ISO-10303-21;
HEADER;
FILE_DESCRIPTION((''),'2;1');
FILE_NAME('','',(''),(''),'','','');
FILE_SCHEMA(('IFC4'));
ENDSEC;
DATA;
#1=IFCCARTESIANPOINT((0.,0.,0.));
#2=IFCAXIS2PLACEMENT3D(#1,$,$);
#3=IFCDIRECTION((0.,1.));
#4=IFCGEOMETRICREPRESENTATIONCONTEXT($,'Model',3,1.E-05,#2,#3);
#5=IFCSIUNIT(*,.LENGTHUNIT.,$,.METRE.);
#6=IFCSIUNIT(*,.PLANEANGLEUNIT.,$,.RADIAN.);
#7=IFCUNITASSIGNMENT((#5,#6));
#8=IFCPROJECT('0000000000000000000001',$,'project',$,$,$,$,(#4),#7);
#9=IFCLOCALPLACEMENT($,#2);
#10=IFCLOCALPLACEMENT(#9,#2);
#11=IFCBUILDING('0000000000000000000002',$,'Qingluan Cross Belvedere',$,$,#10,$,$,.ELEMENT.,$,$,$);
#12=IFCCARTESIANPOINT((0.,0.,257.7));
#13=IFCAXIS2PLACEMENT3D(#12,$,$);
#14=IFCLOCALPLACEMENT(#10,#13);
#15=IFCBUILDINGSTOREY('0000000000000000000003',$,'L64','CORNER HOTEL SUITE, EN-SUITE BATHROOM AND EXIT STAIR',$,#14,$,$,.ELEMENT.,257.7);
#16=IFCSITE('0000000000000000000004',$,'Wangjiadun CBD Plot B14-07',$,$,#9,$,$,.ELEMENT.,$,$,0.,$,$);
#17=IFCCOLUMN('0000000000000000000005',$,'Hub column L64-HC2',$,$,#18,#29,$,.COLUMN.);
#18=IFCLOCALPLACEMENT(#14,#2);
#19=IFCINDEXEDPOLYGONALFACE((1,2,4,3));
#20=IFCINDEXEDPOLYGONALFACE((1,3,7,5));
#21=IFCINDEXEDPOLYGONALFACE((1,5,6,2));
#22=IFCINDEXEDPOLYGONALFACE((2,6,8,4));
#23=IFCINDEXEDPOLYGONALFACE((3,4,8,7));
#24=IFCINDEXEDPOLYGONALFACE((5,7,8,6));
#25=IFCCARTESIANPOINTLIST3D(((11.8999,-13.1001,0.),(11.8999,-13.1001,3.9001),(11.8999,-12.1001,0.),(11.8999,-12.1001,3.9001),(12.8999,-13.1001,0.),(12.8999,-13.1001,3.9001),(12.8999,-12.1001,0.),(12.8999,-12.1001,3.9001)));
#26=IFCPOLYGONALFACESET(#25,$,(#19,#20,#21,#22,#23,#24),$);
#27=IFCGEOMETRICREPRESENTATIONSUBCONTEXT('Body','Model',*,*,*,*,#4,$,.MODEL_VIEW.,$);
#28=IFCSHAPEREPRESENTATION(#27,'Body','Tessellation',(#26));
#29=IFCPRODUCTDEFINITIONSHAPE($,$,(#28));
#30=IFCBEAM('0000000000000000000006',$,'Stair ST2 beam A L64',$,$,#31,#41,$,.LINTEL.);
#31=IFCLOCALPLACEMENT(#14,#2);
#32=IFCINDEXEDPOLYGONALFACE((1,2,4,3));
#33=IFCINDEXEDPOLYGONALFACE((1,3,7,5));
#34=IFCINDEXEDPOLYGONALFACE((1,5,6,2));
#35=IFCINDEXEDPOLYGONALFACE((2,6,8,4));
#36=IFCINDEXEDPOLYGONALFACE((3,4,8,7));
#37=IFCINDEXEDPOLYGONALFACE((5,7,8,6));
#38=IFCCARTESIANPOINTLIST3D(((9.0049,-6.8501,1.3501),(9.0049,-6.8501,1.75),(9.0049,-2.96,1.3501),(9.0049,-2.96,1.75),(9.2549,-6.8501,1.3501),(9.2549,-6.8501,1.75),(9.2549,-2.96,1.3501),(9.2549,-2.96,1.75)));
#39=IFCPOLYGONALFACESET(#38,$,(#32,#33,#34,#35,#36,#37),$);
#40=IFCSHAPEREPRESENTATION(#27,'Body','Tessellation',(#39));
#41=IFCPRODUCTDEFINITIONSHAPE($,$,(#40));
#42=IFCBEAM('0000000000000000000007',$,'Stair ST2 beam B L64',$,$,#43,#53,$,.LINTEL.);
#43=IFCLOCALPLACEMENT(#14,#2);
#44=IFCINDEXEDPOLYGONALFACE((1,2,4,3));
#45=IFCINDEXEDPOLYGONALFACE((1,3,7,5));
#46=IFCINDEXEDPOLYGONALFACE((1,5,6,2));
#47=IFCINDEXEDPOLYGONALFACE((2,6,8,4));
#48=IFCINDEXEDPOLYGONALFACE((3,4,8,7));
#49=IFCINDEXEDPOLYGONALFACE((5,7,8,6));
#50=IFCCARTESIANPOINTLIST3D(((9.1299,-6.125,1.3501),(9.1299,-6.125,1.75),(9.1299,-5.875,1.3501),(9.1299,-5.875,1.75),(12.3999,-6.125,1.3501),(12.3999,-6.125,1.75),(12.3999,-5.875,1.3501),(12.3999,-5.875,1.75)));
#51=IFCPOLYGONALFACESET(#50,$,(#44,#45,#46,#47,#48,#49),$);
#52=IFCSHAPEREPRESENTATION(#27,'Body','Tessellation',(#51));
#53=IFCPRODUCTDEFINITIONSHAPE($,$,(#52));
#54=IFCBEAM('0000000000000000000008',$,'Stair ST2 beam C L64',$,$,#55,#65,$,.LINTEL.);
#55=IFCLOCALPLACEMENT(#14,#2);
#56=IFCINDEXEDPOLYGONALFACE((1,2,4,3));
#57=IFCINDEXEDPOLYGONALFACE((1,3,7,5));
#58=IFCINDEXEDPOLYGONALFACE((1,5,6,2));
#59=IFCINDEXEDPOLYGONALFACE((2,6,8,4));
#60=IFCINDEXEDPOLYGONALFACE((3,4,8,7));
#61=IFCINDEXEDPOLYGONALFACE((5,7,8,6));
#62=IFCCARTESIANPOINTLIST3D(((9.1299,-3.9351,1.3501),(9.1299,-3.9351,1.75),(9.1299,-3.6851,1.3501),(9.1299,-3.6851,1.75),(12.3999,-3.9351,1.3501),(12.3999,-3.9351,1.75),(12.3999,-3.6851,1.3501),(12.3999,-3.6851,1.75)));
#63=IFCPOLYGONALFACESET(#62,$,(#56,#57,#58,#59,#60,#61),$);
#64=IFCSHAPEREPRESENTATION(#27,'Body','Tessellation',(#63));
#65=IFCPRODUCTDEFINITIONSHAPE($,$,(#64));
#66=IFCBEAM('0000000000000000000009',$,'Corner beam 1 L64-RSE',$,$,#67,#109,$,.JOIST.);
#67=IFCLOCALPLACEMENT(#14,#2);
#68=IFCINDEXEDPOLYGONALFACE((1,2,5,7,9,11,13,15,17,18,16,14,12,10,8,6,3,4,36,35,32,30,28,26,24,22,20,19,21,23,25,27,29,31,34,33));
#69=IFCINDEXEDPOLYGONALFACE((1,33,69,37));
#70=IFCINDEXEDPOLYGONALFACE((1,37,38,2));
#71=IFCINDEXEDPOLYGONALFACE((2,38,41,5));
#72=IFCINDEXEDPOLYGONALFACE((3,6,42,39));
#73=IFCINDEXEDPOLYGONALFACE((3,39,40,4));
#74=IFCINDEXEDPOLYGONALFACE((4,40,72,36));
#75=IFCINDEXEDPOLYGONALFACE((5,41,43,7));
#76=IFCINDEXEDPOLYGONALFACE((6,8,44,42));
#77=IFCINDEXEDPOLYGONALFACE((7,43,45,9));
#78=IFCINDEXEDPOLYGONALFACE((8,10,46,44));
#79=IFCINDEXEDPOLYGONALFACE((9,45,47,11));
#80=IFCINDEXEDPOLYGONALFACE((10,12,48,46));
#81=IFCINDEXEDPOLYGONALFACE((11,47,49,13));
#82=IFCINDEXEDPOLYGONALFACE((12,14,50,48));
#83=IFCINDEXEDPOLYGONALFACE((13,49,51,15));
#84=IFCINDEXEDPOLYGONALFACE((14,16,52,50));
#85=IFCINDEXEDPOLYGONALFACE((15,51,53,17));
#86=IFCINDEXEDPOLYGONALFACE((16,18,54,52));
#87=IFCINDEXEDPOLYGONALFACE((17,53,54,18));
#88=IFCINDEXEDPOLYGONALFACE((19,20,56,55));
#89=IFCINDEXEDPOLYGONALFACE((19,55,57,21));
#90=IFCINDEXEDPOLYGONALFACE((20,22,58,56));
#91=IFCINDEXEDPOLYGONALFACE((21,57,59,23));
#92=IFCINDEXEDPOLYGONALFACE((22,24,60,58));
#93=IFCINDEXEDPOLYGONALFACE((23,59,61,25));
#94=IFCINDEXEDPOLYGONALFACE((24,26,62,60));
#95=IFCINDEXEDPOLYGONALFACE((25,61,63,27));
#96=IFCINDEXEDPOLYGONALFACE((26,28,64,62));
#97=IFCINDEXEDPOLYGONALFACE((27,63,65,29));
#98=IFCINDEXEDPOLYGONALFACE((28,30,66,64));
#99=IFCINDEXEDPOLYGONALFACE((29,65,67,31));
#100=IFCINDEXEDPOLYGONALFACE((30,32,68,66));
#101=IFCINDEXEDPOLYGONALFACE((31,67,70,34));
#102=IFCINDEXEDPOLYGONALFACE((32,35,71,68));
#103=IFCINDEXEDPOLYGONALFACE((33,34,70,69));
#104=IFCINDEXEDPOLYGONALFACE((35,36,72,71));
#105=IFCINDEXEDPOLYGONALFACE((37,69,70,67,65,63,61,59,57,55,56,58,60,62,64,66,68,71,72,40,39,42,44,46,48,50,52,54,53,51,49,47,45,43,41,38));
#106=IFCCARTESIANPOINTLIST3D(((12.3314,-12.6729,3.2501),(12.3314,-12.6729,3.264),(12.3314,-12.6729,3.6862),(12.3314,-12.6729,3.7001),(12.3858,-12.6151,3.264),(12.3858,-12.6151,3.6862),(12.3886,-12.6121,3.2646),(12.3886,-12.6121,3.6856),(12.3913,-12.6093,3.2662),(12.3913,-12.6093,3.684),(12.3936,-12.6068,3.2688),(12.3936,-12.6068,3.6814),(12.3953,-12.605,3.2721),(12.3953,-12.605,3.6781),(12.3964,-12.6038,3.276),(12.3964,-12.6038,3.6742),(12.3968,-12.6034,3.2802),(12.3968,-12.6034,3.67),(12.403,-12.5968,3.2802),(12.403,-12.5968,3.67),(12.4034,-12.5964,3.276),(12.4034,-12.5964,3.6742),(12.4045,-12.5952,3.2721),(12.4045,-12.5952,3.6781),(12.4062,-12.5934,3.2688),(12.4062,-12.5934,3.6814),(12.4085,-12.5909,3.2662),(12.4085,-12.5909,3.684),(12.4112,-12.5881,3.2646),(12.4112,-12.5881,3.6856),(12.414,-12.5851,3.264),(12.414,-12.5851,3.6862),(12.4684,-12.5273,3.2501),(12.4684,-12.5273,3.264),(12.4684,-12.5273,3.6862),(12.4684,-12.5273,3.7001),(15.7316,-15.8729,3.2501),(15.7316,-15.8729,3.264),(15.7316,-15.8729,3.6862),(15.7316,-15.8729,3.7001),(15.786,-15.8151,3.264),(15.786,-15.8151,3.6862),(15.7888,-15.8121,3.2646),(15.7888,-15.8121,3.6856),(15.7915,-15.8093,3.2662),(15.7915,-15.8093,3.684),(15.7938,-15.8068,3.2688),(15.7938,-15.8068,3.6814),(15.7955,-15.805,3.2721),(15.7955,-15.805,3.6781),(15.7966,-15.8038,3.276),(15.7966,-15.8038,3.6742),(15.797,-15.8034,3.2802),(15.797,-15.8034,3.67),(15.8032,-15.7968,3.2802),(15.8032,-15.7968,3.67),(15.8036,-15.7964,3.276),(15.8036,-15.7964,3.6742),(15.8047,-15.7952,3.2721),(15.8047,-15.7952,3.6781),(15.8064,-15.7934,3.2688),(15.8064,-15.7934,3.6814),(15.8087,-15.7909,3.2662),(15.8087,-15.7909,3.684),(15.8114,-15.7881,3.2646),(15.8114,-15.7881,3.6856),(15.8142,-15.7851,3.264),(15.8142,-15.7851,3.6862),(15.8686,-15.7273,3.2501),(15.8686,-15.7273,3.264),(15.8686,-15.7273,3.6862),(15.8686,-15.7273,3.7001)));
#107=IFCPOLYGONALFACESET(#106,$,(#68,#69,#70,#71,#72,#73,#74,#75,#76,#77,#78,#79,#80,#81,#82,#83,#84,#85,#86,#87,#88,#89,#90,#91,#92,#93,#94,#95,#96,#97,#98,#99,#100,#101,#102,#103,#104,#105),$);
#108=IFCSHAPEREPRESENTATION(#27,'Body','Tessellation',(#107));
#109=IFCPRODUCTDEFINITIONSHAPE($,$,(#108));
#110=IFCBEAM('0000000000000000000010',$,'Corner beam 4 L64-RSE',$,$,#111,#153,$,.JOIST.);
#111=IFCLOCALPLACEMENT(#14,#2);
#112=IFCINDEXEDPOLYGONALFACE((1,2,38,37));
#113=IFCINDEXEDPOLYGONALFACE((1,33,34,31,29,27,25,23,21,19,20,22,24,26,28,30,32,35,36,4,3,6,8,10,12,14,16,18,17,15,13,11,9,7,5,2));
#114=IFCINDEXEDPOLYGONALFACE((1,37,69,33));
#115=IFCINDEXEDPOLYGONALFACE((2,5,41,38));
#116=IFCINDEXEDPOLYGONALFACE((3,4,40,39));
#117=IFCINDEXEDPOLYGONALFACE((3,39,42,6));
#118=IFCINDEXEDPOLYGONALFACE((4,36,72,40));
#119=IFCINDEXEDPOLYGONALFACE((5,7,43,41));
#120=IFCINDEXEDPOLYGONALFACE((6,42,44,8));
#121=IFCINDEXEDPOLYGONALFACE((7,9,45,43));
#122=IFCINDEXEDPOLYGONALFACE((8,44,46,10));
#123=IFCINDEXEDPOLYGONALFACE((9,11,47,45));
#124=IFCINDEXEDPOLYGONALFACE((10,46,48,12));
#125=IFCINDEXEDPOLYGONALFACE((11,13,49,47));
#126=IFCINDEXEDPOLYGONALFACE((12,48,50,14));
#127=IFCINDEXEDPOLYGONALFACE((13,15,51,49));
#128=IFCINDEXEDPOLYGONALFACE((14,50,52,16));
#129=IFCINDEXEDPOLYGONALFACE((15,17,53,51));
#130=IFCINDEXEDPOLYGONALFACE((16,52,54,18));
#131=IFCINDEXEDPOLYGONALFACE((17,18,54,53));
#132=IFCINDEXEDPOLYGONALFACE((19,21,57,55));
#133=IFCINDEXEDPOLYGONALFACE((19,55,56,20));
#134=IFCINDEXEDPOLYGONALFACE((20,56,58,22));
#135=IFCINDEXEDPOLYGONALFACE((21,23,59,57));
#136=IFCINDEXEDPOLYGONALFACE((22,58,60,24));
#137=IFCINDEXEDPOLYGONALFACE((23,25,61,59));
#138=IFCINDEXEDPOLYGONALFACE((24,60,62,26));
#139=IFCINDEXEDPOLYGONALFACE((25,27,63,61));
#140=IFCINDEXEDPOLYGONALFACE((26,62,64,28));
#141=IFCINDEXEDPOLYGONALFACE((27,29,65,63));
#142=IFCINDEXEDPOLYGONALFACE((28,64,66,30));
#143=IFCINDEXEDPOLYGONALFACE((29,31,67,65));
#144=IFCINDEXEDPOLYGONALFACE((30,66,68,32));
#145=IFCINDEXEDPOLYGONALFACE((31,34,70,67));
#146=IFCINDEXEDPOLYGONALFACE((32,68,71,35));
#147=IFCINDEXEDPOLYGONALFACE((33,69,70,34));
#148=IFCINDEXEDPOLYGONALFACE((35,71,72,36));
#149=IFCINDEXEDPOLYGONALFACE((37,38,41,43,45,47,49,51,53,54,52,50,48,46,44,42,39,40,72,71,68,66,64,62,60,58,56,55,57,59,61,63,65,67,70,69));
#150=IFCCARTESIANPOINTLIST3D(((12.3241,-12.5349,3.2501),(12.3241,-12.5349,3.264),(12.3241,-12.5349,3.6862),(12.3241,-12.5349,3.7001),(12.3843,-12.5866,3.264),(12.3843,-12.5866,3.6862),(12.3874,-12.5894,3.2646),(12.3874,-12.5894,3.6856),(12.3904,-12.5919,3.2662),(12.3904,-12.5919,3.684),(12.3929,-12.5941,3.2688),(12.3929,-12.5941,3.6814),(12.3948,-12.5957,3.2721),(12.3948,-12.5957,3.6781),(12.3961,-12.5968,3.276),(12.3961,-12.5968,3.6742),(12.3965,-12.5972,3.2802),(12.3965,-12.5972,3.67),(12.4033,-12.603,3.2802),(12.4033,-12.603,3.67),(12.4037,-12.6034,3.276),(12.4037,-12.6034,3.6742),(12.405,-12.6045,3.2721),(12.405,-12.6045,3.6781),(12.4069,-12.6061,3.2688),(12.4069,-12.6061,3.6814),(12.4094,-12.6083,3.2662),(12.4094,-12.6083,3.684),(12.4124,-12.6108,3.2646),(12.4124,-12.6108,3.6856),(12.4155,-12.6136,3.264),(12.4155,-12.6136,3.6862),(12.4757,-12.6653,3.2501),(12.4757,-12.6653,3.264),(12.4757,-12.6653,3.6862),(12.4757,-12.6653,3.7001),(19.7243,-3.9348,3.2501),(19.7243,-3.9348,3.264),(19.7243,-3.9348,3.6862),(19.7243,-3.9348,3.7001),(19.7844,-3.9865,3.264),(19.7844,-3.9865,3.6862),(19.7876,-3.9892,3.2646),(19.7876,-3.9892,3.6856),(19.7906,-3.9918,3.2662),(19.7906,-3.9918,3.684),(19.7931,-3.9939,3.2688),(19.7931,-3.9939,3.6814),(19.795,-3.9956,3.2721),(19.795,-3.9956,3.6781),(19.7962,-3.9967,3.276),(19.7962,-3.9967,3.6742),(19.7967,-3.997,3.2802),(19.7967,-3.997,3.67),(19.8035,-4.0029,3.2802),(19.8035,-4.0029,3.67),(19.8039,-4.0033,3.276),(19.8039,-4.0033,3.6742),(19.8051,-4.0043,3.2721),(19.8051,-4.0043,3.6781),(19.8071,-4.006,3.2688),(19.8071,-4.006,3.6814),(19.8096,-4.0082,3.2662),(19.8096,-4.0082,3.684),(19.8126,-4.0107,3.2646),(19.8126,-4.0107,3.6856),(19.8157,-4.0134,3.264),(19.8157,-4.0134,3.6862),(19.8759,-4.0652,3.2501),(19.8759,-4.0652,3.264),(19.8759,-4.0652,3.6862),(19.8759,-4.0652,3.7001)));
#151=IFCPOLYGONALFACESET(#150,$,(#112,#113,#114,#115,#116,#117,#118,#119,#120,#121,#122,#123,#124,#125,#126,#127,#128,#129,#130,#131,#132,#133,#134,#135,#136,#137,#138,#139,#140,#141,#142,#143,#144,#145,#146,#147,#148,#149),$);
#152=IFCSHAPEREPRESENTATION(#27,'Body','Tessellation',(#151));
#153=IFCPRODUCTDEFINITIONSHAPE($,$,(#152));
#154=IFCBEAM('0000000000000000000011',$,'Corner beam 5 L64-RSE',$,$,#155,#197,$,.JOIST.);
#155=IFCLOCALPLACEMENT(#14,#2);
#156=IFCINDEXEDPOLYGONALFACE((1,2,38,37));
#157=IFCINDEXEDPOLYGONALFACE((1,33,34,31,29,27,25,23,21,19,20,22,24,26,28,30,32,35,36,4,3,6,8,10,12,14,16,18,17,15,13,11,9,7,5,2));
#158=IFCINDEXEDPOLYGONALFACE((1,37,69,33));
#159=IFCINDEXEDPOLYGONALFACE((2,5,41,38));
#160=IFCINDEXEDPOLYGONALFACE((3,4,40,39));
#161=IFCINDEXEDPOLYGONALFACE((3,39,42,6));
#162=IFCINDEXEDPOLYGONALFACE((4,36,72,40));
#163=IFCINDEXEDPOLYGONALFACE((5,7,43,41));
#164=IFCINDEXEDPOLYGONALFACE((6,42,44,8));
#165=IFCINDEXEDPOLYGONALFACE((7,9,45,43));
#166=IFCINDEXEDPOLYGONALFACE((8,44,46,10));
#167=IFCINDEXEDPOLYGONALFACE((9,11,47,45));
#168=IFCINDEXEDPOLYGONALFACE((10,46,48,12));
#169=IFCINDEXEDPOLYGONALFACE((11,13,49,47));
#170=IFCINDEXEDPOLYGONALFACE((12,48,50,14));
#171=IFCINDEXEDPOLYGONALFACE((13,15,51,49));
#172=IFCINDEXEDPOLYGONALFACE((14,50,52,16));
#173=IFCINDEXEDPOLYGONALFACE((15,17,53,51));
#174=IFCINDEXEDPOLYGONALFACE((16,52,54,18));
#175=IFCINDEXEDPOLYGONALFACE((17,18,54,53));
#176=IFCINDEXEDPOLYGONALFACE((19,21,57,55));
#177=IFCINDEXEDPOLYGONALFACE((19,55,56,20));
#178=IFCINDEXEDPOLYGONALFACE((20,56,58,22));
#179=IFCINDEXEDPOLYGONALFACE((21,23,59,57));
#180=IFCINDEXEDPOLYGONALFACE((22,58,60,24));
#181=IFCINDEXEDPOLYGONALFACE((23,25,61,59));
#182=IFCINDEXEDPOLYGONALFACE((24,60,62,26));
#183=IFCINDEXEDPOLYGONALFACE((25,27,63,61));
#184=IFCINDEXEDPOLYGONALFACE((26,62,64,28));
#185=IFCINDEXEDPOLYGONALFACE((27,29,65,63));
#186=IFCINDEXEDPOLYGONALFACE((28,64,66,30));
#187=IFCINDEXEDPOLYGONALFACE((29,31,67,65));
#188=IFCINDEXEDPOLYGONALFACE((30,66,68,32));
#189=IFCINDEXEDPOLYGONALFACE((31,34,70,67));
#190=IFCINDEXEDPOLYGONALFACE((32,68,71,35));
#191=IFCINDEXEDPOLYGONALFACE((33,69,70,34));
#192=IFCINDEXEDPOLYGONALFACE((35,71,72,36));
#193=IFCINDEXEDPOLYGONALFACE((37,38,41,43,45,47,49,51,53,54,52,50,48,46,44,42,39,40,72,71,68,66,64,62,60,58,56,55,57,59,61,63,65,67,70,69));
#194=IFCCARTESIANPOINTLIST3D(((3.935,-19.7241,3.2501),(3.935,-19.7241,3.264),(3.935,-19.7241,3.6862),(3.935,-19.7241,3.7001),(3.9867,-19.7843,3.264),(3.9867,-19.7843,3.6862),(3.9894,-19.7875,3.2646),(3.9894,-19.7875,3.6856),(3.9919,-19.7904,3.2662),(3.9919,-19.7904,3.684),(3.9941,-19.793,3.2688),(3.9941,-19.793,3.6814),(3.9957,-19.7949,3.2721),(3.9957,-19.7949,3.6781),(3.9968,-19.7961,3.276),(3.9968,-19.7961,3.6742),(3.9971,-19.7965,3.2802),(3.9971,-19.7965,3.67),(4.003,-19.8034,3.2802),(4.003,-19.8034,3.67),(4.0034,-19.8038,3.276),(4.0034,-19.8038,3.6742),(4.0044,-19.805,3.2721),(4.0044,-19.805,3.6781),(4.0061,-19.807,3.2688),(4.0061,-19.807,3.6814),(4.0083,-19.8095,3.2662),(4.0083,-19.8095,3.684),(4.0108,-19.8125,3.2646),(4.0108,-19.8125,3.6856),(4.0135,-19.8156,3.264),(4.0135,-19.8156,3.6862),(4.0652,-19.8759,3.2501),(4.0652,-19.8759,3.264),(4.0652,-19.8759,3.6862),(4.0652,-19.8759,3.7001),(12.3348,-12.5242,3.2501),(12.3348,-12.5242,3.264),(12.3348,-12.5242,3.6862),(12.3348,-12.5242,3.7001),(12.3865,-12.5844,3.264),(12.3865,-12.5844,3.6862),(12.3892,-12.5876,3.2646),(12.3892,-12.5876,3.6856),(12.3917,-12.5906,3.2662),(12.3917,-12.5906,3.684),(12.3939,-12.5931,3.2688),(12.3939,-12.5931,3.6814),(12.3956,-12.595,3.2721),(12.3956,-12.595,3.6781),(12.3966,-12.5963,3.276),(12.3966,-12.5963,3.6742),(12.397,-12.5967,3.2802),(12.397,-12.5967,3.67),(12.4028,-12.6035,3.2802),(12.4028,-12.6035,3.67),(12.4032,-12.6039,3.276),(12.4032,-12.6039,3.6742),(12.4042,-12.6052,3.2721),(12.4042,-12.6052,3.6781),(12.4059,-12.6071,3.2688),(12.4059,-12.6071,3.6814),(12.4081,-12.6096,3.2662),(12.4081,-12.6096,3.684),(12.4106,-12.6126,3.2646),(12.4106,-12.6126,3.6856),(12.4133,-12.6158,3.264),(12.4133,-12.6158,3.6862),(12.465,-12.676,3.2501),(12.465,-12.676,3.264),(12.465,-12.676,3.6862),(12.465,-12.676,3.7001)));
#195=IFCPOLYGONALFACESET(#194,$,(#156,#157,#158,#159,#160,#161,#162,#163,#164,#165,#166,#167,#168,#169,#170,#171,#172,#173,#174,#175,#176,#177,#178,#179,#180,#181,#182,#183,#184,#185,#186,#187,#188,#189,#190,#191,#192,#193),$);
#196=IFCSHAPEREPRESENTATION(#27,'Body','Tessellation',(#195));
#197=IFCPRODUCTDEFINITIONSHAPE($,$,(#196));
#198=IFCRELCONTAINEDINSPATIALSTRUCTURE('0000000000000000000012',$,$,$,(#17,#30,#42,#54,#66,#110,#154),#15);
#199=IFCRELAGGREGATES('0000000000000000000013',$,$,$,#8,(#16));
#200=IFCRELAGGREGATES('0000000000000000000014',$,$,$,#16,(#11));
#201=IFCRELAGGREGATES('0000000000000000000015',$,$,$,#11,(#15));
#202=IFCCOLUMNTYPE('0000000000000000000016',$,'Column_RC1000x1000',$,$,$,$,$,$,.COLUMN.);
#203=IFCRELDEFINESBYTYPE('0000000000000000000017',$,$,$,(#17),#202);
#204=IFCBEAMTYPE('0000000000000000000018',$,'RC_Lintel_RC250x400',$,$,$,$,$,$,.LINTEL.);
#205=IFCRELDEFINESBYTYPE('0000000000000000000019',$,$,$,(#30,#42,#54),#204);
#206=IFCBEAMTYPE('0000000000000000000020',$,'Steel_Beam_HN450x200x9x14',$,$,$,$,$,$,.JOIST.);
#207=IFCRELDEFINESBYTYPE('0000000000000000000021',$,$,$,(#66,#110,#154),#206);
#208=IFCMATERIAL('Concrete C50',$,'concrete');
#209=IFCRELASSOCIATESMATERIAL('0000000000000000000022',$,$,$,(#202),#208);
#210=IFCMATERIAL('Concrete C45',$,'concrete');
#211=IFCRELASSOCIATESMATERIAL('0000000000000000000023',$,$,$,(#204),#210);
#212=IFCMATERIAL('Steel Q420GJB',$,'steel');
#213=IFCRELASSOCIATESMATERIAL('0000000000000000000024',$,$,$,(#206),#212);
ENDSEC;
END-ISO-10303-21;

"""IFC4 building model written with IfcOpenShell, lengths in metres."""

from ifc_helpers import new_model, si_unit, direction, frame, origin, origin_2d, place, context, subcontext, project, spatial, rectangle, i_section, extrude, material, material_profile, profile_set, type_object, element, save


model = new_model("IFC4")

# Units and contexts
model_context = context("Model", 3, precision=1e-05, world=origin(), true_north=direction((0.0, 1.0)))
body_context = subcontext(model_context, "Body", "Model", "MODEL_VIEW")
ifc_project = project(units=[si_unit("LENGTHUNIT", "METRE"), si_unit("PLANEANGLEUNIT", "RADIAN")], contexts=[model_context])

# Site, building, storey
site_placement = place(None, origin())
site = spatial("IfcSite", under=ifc_project, at=site_placement, Name="Wangjiadun CBD Plot B14-07", CompositionType="ELEMENT", RefElevation=0.0)
building_placement = place(site_placement, origin())
building = spatial("IfcBuilding", under=site, at=building_placement, Name="Qingluan Cross Belvedere", CompositionType="ELEMENT")
storey_placement = place(building_placement, frame((0.0, 0.0, 257.7)))
storey = spatial("IfcBuildingStorey", under=building, at=storey_placement, Name="L64", Description="CORNER HOTEL SUITE, EN-SUITE BATHROOM AND EXIT STAIR", CompositionType="ELEMENT", Elevation=257.7)

# Column
ifc_material_1 = material(Name="Concrete C50", Category="concrete")
ifc_material_profile_1 = material_profile(ifc_material_1, rectangle(XDim=1.0, YDim=1.0, at=origin_2d()), Name="RC1000x1000")
ifc_profile_set_1 = profile_set([ifc_material_profile_1], Name="Concrete C50")
column_type = type_object("IfcColumnType", Name="Column_RC1000x1000", PredefinedType="COLUMN", material=ifc_profile_set_1)
column_placement = place(storey_placement, frame((12.3999, -12.6001, 0.0), z_axis=(0.0, 0.0, 1.0), x_axis=(1.0, 0.0, 0.0)))
element("IfcColumn", 1, at=column_placement, inside=storey, type_object=column_type, Name="Hub column L64-HC2", PredefinedType="COLUMN", context=body_context, shape_type="SweptSolid", body=[
    extrude(rectangle(XDim=1.0, YDim=1.0, at=origin_2d()), origin(), (0.0, 0.0, 1.0), 3.9001),
])

# Beams
ifc_material_2 = material(Name="Concrete C45", Category="concrete")
ifc_material_profile_2 = material_profile(ifc_material_2, rectangle(XDim=0.25, YDim=0.3999, at=origin_2d()), Name="RC250x400")
ifc_profile_set_2 = profile_set([ifc_material_profile_2], Name="Concrete C45")
beam_type_1 = type_object("IfcBeamType", Name="RC_Lintel_RC250x400", PredefinedType="LINTEL", material=ifc_profile_set_2)
beam_1_placement = place(storey_placement, frame((9.1299, -6.8501, 1.55), z_axis=(0.0, 1.0, 0.0), x_axis=(-1.0, 0.0, 0.0)))
element("IfcBeam", 2, at=beam_1_placement, inside=storey, type_object=beam_type_1, Name="Stair ST2 beam A L64", PredefinedType="LINTEL", context=body_context, shape_type="SweptSolid", body=[
    extrude(rectangle(XDim=0.25, YDim=0.3999, at=origin_2d()), origin(), (0.0, 0.0, 1.0), 3.8901),
])
for number, where, z_axis, x_axis, name in (
    (3, (12.3999, -6.0, 1.55), (-1.0, 0.0, 0.0), (0.0, -1.0, 0.0), "Stair ST2 beam B L64"),
    (4, (12.3999, -3.8101, 1.55), (-1.0, 0.0, 0.0), (0.0, -1.0, 0.0), "Stair ST2 beam C L64"),
):
    element("IfcBeam", number, at=place(storey_placement, frame(where, z_axis=z_axis, x_axis=x_axis)), inside=storey, type_object=beam_type_1, Name=name, PredefinedType="LINTEL", context=body_context, shape_type="SweptSolid", body=[
        extrude(rectangle(XDim=0.25, YDim=0.3999, at=origin_2d()), origin(), (0.0, 0.0, 1.0), 3.27),
    ])
ifc_material_3 = material(Name="Steel Q420GJB", Category="steel")
ifc_material_profile_3 = material_profile(ifc_material_3, i_section(OverallWidth=0.2, OverallDepth=0.45, WebThickness=0.009, FlangeThickness=0.0139, FilletRadius=0.0161, at=origin_2d()), Name="HN450x200x9x14")
ifc_profile_set_3 = profile_set([ifc_material_profile_3], Name="Steel Q420GJB")
beam_type_2 = type_object("IfcBeamType", Name="Steel_Beam_HN450x200x9x14", PredefinedType="JOIST", material=ifc_profile_set_3)
beam_2_placement = place(storey_placement, frame((12.3999, -12.6001, 3.4751), z_axis=(0.72822, -0.685343, 0.0), x_axis=(0.685343, 0.72822, 0.0)))
element("IfcBeam", 5, at=beam_2_placement, inside=storey, type_object=beam_type_2, Name="Corner beam 1 L64-RSE", PredefinedType="JOIST", context=body_context, shape_type="SweptSolid", body=[
    extrude(i_section(OverallWidth=0.2, OverallDepth=0.45, WebThickness=0.009, FlangeThickness=0.0139, FilletRadius=0.0161, at=origin_2d()), origin(), (0.0, 0.0, 1.0), 4.6692),
])
beam_3_placement = place(storey_placement, frame((12.3999, -12.6001, 3.4751), z_axis=(0.652245, 0.758008, 0.0), x_axis=(-0.758008, 0.652245, 0.0)))
element("IfcBeam", 6, at=beam_3_placement, inside=storey, type_object=beam_type_2, Name="Corner beam 4 L64-RSE", PredefinedType="JOIST", context=body_context, shape_type="SweptSolid", body=[
    extrude(i_section(OverallWidth=0.2, OverallDepth=0.45, WebThickness=0.009, FlangeThickness=0.0139, FilletRadius=0.0161, at=origin_2d()), origin(), (0.0, 0.0, 1.0), 11.3457),
])
beam_4_placement = place(storey_placement, frame((12.3999, -12.6001, 3.4751), z_axis=(-0.759255, -0.650793, 0.0), x_axis=(0.650793, -0.759255, 0.0)))
element("IfcBeam", 7, at=beam_4_placement, inside=storey, type_object=beam_type_2, Name="Corner beam 5 L64-RSE", PredefinedType="JOIST", context=body_context, shape_type="SweptSolid", body=[
    extrude(i_section(OverallWidth=0.2, OverallDepth=0.45, WebThickness=0.009, FlangeThickness=0.0139, FilletRadius=0.0161, at=origin_2d()), origin(), (0.0, 0.0, 1.0), 11.0632),
])

save(model, "model.ifc")
